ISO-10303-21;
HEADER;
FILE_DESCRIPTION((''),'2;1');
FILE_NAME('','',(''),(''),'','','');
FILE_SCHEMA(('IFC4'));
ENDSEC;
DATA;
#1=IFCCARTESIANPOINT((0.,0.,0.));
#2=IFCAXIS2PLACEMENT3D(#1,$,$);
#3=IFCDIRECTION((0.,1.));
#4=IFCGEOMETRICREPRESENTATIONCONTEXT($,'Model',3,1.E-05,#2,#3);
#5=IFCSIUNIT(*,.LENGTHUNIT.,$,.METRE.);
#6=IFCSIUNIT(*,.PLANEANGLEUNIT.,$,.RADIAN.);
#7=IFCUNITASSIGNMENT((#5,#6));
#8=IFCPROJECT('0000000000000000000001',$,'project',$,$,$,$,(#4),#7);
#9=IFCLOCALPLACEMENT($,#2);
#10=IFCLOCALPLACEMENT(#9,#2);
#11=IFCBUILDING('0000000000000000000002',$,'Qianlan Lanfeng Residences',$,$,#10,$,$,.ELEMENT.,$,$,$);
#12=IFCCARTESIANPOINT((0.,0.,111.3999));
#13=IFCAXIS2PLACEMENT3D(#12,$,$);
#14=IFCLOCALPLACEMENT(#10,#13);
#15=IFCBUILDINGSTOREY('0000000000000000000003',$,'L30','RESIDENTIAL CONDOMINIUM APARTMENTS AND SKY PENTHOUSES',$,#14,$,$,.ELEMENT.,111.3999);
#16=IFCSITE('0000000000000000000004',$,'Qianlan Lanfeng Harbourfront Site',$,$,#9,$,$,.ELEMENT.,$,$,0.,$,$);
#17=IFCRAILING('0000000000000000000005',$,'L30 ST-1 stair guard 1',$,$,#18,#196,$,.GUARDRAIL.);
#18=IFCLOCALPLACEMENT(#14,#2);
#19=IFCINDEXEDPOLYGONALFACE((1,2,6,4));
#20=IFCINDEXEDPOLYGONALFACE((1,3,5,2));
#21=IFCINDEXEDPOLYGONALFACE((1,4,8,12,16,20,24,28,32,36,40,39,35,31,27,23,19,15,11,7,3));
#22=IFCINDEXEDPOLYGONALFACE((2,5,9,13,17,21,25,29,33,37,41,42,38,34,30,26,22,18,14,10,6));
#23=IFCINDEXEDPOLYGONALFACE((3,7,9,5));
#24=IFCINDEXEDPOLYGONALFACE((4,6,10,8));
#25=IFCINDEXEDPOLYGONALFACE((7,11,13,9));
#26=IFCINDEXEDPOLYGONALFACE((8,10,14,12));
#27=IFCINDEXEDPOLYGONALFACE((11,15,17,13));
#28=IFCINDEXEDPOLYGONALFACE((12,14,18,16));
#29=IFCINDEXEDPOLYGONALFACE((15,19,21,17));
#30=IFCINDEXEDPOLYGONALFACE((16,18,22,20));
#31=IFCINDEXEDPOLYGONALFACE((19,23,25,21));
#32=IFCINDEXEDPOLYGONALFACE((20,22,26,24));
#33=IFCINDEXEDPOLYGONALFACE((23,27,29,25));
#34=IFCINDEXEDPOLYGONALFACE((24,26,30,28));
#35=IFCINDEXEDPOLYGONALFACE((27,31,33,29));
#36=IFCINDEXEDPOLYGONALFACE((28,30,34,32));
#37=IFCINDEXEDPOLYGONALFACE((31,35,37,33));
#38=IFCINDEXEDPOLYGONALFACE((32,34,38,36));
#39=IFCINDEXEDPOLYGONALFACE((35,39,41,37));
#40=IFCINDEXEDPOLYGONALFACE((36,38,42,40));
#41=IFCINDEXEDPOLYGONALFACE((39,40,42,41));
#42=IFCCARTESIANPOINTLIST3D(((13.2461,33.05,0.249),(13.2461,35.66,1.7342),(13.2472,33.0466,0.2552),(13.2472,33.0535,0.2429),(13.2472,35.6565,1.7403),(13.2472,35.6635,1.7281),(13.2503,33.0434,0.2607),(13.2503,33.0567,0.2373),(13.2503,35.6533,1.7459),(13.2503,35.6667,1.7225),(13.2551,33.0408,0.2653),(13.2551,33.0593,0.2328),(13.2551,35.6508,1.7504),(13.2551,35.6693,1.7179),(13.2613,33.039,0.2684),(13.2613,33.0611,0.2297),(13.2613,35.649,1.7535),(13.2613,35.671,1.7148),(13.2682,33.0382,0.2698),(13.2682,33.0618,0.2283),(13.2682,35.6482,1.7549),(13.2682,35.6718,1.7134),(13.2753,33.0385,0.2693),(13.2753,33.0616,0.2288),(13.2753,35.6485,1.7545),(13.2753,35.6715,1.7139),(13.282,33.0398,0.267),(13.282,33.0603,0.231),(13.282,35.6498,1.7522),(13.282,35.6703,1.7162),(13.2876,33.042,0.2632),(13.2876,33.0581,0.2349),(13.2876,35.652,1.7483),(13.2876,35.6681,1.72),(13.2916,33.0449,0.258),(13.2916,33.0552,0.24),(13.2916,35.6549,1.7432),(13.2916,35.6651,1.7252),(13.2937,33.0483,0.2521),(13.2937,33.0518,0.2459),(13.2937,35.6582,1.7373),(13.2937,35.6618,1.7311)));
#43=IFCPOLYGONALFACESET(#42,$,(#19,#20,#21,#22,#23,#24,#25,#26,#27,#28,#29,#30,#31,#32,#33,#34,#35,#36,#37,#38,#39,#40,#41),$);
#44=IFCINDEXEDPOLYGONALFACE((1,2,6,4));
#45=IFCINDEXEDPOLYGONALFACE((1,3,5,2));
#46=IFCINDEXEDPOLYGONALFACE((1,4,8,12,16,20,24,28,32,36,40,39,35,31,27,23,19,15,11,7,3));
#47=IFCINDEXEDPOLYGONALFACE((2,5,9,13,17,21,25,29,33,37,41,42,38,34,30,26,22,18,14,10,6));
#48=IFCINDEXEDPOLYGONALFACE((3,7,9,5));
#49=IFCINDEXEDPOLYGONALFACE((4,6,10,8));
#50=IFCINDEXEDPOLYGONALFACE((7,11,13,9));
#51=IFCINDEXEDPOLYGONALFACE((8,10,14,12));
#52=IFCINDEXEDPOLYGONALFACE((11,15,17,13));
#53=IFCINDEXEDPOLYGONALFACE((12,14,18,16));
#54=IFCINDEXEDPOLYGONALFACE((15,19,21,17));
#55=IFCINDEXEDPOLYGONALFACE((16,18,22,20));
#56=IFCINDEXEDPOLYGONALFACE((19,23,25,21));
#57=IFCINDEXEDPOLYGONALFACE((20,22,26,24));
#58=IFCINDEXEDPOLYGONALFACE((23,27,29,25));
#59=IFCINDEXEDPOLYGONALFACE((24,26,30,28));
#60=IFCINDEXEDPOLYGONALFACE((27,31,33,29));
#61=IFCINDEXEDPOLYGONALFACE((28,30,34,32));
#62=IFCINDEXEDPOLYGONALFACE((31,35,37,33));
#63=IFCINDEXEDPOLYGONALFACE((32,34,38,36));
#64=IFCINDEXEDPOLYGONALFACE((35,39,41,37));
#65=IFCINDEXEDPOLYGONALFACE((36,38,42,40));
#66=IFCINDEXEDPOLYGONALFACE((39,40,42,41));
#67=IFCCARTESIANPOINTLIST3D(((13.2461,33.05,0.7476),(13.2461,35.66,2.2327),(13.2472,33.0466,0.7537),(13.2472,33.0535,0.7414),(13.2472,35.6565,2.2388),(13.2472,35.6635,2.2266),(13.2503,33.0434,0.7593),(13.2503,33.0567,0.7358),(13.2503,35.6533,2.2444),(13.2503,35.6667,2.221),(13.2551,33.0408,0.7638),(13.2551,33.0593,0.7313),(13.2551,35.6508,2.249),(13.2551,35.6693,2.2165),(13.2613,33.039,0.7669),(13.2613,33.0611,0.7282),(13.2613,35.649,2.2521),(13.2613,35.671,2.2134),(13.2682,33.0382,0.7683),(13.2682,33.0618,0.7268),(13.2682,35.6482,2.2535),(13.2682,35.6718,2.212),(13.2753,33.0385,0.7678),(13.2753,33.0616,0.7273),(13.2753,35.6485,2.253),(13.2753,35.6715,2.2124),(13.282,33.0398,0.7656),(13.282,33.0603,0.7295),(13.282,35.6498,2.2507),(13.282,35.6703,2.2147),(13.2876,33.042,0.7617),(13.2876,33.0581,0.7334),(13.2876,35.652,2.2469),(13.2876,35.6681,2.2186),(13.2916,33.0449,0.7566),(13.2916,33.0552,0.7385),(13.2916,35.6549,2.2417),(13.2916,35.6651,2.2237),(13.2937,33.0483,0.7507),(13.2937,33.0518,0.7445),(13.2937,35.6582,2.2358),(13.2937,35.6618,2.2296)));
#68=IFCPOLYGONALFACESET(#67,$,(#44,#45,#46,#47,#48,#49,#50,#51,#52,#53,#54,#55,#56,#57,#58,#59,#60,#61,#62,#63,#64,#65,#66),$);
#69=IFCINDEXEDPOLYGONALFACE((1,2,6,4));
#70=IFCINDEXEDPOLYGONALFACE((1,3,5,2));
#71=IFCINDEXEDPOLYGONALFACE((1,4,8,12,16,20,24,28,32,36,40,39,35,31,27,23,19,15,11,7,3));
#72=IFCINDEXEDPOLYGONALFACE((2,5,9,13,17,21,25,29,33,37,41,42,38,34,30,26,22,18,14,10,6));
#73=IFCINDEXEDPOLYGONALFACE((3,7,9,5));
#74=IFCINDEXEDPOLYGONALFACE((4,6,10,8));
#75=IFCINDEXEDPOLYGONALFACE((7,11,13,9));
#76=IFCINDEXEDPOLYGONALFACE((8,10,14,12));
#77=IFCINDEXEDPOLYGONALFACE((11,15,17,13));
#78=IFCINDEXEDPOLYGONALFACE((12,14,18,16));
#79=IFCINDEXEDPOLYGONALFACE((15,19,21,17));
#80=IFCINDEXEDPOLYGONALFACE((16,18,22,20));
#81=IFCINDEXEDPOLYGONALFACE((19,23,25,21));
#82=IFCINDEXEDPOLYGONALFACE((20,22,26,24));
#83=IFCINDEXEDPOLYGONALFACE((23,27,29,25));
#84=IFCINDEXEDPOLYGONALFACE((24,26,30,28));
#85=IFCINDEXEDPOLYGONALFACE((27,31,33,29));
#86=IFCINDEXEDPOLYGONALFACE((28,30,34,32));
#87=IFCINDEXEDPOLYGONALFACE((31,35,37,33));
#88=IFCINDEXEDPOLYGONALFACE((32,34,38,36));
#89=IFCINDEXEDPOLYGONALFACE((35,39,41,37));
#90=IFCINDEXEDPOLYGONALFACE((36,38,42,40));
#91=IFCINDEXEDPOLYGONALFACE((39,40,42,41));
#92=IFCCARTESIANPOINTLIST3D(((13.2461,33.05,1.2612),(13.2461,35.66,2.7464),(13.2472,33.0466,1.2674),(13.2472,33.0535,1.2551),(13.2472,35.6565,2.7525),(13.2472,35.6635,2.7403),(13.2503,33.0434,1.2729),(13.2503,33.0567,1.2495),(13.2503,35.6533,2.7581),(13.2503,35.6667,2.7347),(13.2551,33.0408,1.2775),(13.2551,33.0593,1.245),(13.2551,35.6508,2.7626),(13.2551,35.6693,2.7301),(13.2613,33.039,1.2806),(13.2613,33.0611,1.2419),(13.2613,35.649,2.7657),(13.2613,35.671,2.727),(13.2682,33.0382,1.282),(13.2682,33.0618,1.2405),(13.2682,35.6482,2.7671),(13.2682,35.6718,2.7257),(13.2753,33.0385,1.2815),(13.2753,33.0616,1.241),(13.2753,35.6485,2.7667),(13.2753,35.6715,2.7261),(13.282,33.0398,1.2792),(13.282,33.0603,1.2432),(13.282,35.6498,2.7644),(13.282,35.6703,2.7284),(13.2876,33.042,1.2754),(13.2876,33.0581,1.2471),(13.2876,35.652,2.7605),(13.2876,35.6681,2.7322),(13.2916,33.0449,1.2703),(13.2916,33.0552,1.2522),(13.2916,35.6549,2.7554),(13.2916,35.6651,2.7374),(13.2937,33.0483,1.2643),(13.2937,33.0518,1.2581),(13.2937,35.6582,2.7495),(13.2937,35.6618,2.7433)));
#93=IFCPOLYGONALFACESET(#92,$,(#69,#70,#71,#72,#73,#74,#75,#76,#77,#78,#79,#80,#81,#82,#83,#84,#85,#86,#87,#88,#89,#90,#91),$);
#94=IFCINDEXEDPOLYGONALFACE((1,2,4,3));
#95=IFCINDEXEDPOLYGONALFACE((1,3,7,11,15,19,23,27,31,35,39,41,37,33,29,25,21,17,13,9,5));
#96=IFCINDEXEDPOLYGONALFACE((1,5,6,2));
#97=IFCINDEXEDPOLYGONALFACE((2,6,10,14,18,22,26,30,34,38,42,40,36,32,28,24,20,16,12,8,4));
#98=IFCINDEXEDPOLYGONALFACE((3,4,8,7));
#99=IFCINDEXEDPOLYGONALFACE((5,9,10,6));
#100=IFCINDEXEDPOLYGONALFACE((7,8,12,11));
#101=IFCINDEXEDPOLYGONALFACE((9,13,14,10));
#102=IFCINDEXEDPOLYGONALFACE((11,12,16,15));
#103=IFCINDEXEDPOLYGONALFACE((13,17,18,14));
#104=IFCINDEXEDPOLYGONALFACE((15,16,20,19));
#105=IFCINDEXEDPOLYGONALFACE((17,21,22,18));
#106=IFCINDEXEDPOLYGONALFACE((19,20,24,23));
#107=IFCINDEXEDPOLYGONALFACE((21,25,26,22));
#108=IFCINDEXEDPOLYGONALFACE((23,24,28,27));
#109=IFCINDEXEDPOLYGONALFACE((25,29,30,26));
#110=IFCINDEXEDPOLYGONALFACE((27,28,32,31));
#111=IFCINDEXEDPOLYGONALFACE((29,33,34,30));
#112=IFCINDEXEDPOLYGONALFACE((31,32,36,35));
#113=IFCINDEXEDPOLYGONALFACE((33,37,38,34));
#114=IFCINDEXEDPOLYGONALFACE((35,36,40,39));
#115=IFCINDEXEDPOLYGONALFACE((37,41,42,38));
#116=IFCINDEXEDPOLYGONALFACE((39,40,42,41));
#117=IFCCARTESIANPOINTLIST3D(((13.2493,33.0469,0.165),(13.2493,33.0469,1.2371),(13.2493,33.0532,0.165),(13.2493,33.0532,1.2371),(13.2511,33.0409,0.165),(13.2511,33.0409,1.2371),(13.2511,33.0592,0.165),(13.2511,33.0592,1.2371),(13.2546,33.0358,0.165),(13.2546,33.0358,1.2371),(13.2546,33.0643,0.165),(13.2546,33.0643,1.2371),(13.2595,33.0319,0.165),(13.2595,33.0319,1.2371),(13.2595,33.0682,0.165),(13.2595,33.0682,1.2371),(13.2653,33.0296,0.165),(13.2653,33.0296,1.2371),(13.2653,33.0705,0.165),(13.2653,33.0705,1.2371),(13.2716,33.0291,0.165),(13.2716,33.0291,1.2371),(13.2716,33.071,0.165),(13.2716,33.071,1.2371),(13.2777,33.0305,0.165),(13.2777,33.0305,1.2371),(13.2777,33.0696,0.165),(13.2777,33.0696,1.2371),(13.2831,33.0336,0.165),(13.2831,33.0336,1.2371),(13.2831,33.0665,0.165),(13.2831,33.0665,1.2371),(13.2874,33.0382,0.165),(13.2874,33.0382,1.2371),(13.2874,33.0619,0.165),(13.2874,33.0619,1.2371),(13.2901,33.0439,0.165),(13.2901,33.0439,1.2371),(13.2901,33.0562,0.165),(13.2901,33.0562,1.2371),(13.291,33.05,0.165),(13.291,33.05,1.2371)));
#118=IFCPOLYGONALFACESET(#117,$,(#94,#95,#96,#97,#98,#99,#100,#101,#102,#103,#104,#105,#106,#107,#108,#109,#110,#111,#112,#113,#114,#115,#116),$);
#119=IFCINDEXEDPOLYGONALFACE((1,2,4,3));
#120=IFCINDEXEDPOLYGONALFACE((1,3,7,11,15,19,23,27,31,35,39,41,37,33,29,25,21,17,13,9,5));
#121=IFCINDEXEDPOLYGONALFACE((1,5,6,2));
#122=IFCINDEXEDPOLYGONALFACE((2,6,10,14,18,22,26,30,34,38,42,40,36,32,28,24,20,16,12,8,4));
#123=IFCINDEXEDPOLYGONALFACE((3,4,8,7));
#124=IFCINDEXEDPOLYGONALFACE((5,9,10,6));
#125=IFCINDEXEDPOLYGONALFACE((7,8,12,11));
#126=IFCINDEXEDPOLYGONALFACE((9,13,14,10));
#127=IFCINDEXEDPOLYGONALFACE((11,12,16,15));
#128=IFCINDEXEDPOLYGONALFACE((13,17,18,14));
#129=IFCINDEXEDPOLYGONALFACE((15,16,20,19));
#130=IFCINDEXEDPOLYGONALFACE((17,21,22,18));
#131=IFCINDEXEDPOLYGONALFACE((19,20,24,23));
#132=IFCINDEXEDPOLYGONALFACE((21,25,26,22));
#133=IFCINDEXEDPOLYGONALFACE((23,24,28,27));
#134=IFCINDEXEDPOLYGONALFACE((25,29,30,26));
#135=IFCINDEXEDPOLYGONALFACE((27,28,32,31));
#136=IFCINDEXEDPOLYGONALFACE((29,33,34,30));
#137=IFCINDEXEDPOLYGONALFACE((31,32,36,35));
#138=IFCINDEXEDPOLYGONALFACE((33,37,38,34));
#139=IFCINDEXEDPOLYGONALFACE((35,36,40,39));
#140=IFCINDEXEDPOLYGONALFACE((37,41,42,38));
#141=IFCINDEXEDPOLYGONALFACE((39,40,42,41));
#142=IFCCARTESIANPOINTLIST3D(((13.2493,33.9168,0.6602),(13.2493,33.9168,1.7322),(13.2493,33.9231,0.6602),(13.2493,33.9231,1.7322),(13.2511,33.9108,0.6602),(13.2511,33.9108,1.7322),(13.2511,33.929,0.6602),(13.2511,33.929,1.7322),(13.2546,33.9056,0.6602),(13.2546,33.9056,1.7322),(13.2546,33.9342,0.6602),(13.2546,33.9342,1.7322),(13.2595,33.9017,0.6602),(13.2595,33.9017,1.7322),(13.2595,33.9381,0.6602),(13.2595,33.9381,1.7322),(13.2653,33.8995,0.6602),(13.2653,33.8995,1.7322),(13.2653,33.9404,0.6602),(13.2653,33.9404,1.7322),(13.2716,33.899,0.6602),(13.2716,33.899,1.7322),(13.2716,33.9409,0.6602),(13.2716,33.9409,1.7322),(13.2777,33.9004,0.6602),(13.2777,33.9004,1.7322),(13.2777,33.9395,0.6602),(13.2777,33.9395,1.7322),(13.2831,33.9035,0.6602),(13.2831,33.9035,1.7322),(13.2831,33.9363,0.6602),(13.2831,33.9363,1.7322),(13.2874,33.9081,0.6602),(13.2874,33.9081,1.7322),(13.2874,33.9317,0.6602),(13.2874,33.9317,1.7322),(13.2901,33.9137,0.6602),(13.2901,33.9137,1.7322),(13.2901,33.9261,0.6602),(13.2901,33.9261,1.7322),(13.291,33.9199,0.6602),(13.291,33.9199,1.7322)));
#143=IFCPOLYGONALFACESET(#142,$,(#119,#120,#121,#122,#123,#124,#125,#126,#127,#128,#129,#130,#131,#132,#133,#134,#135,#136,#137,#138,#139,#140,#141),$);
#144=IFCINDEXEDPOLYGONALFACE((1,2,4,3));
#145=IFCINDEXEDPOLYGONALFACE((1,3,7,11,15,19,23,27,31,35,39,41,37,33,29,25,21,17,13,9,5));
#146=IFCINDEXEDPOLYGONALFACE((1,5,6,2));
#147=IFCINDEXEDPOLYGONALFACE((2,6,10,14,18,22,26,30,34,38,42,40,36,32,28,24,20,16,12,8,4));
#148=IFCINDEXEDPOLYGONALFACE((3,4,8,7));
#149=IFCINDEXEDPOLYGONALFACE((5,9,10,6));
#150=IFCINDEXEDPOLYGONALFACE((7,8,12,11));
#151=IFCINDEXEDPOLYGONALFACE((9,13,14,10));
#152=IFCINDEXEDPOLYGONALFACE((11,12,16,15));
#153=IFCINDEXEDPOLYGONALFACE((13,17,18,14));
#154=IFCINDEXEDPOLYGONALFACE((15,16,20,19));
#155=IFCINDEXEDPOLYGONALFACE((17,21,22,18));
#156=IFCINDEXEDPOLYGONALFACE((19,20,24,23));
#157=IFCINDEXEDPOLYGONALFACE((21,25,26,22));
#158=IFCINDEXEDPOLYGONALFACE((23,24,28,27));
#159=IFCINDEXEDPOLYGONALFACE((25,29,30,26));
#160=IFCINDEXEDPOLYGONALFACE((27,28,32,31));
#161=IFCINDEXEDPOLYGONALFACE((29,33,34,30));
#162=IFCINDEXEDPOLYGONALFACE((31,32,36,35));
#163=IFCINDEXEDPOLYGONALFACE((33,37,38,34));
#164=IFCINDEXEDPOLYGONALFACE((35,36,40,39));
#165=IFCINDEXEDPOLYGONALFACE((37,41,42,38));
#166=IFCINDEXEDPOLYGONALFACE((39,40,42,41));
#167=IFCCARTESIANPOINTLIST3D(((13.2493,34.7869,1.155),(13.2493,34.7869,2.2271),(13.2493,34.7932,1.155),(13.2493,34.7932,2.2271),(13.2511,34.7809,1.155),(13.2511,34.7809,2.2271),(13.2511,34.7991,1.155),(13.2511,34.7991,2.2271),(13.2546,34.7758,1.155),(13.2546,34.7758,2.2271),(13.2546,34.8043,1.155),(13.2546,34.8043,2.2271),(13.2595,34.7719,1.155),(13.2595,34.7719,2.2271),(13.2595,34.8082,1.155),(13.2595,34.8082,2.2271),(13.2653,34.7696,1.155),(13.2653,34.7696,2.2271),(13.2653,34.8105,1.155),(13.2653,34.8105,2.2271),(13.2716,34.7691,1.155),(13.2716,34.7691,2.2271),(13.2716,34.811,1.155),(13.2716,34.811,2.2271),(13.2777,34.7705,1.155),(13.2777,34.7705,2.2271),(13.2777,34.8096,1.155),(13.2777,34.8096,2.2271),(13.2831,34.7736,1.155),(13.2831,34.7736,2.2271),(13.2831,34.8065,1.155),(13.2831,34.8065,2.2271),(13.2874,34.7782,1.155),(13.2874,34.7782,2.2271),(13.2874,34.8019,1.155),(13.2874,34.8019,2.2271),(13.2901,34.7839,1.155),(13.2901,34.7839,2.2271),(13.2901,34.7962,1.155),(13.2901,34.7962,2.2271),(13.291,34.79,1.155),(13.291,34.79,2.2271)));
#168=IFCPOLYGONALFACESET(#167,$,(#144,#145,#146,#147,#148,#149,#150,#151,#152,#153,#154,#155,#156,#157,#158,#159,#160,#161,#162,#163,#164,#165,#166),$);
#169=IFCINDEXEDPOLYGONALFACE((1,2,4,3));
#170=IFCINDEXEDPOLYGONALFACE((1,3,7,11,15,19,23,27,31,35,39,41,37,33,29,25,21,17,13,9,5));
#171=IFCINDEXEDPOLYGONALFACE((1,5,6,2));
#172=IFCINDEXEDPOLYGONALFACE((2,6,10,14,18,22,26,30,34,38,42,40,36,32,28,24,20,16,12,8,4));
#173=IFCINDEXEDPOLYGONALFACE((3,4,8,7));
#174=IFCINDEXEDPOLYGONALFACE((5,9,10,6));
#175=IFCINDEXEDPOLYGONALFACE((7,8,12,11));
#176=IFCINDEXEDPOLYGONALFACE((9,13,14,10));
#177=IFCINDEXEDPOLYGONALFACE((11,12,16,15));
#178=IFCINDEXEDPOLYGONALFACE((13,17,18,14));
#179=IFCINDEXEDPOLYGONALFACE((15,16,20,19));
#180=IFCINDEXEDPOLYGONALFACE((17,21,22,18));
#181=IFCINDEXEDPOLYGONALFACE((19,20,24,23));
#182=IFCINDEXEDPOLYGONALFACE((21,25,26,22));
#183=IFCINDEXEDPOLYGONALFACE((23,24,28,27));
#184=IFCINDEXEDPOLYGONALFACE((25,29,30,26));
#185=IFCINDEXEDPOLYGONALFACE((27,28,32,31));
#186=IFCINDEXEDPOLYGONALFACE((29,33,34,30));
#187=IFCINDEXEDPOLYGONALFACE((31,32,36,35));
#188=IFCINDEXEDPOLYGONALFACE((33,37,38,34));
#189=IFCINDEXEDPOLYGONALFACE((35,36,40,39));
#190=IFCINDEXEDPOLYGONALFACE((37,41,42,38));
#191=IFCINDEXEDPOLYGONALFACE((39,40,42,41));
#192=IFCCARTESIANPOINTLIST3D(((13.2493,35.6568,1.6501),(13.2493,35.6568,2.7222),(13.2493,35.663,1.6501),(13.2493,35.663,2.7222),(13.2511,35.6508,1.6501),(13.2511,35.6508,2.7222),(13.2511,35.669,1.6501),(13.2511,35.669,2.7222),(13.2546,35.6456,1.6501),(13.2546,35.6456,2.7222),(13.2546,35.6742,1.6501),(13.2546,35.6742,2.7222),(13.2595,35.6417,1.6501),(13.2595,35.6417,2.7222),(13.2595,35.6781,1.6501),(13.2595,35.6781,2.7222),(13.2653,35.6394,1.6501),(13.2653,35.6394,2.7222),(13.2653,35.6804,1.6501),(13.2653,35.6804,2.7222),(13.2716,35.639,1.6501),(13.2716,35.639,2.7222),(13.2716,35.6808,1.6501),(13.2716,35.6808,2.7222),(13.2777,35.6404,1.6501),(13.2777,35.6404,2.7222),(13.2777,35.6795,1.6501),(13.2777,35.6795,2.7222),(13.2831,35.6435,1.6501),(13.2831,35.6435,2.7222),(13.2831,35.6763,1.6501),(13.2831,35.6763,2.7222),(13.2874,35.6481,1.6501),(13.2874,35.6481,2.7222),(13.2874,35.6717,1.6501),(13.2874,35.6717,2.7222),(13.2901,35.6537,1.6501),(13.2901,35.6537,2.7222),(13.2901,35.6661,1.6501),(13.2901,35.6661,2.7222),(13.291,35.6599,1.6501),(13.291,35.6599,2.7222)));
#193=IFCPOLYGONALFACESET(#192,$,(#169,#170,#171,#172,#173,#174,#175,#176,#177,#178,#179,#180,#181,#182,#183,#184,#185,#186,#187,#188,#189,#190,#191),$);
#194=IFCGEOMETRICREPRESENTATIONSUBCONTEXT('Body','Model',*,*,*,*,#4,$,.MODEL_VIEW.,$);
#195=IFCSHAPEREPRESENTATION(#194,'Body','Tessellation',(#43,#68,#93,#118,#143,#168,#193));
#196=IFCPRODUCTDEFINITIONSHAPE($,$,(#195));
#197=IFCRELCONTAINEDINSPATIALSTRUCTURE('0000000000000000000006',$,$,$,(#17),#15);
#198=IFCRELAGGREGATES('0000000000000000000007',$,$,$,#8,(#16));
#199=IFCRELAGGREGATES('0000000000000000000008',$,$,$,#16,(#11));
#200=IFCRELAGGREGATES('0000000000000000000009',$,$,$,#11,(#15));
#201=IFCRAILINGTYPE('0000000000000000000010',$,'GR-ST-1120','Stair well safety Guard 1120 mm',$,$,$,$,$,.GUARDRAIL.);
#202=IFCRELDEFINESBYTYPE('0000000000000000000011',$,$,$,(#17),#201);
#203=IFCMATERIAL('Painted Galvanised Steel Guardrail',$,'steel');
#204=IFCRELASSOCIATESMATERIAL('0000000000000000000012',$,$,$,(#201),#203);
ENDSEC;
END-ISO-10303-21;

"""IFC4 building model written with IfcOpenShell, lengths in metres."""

from ifc_helpers import new_model, si_unit, direction, frame, origin, origin_2d, place, context, subcontext, project, spatial, circle, extrude, material, type_object, element, save


model = new_model("IFC4")

# Units and contexts
model_context = context("Model", 3, precision=1e-05, world=origin(), true_north=direction((0.0, 1.0)))
body_context = subcontext(model_context, "Body", "Model", "MODEL_VIEW")
ifc_project = project(units=[si_unit("LENGTHUNIT", "METRE"), si_unit("PLANEANGLEUNIT", "RADIAN")], contexts=[model_context])

# Site, building, storey
site_placement = place(None, origin())
site = spatial("IfcSite", under=ifc_project, at=site_placement, Name="Qianlan Lanfeng Harbourfront Site", CompositionType="ELEMENT", RefElevation=0.0)
building_placement = place(site_placement, origin())
building = spatial("IfcBuilding", under=site, at=building_placement, Name="Qianlan Lanfeng Residences", CompositionType="ELEMENT")
storey_placement = place(building_placement, frame((0.0, 0.0, 111.3999)))
storey = spatial("IfcBuildingStorey", under=building, at=storey_placement, Name="L30", Description="RESIDENTIAL CONDOMINIUM APARTMENTS AND SKY PENTHOUSES", CompositionType="ELEMENT", Elevation=111.3999)

# Railing
ifc_material_1 = material(Name="Painted Galvanised Steel Guardrail", Category="steel")
railing_type_1 = type_object("IfcRailingType", Name="GR-ST-1120", Description="Stair well safety Guard 1120 mm", PredefinedType="GUARDRAIL", material=ifc_material_1)
railing_1_placement = place(storey_placement, frame((13.27, 33.05, 0.165)))
element("IfcRailing", 1, at=railing_1_placement, inside=storey, type_object=railing_type_1, Name="L30 ST-1 stair guard 1", PredefinedType="GUARDRAIL", context=body_context, shape_type="SweptSolid", body=[
    extrude(circle(Radius=0.0239, at=origin_2d()), frame((0.0, 0.0, 0.084), z_axis=(0.0, 0.869137, 0.494571), x_axis=(-1.0, 0.0, 0.0)), (0.0, 0.0, 1.0), 3.0029),
    extrude(circle(Radius=0.0239, at=origin_2d()), frame((0.0, 0.0, 0.5825), z_axis=(0.0, 0.869137, 0.494571), x_axis=(-1.0, 0.0, 0.0)), (0.0, 0.0, 1.0), 3.0029),
    extrude(circle(Radius=0.0239, at=origin_2d()), frame((0.0, 0.0, 1.0962), z_axis=(0.0, 0.869137, 0.494571), x_axis=(-1.0, 0.0, 0.0)), (0.0, 0.0, 1.0), 3.0029),
    extrude(circle(Radius=0.021, at=origin_2d()), origin(), (0.0, 0.0, 1.0), 1.072),
    extrude(circle(Radius=0.021, at=origin_2d()), frame((0.0, 0.8699, 0.4951)), (0.0, 0.0, 1.0), 1.072),
    extrude(circle(Radius=0.021, at=origin_2d()), frame((0.0, 1.74, 0.99)), (0.0, 0.0, 1.0), 1.072),
    extrude(circle(Radius=0.021, at=origin_2d()), frame((0.0, 2.6099, 1.4851)), (0.0, 0.0, 1.0), 1.072),
])

save(model, "model.ifc")
